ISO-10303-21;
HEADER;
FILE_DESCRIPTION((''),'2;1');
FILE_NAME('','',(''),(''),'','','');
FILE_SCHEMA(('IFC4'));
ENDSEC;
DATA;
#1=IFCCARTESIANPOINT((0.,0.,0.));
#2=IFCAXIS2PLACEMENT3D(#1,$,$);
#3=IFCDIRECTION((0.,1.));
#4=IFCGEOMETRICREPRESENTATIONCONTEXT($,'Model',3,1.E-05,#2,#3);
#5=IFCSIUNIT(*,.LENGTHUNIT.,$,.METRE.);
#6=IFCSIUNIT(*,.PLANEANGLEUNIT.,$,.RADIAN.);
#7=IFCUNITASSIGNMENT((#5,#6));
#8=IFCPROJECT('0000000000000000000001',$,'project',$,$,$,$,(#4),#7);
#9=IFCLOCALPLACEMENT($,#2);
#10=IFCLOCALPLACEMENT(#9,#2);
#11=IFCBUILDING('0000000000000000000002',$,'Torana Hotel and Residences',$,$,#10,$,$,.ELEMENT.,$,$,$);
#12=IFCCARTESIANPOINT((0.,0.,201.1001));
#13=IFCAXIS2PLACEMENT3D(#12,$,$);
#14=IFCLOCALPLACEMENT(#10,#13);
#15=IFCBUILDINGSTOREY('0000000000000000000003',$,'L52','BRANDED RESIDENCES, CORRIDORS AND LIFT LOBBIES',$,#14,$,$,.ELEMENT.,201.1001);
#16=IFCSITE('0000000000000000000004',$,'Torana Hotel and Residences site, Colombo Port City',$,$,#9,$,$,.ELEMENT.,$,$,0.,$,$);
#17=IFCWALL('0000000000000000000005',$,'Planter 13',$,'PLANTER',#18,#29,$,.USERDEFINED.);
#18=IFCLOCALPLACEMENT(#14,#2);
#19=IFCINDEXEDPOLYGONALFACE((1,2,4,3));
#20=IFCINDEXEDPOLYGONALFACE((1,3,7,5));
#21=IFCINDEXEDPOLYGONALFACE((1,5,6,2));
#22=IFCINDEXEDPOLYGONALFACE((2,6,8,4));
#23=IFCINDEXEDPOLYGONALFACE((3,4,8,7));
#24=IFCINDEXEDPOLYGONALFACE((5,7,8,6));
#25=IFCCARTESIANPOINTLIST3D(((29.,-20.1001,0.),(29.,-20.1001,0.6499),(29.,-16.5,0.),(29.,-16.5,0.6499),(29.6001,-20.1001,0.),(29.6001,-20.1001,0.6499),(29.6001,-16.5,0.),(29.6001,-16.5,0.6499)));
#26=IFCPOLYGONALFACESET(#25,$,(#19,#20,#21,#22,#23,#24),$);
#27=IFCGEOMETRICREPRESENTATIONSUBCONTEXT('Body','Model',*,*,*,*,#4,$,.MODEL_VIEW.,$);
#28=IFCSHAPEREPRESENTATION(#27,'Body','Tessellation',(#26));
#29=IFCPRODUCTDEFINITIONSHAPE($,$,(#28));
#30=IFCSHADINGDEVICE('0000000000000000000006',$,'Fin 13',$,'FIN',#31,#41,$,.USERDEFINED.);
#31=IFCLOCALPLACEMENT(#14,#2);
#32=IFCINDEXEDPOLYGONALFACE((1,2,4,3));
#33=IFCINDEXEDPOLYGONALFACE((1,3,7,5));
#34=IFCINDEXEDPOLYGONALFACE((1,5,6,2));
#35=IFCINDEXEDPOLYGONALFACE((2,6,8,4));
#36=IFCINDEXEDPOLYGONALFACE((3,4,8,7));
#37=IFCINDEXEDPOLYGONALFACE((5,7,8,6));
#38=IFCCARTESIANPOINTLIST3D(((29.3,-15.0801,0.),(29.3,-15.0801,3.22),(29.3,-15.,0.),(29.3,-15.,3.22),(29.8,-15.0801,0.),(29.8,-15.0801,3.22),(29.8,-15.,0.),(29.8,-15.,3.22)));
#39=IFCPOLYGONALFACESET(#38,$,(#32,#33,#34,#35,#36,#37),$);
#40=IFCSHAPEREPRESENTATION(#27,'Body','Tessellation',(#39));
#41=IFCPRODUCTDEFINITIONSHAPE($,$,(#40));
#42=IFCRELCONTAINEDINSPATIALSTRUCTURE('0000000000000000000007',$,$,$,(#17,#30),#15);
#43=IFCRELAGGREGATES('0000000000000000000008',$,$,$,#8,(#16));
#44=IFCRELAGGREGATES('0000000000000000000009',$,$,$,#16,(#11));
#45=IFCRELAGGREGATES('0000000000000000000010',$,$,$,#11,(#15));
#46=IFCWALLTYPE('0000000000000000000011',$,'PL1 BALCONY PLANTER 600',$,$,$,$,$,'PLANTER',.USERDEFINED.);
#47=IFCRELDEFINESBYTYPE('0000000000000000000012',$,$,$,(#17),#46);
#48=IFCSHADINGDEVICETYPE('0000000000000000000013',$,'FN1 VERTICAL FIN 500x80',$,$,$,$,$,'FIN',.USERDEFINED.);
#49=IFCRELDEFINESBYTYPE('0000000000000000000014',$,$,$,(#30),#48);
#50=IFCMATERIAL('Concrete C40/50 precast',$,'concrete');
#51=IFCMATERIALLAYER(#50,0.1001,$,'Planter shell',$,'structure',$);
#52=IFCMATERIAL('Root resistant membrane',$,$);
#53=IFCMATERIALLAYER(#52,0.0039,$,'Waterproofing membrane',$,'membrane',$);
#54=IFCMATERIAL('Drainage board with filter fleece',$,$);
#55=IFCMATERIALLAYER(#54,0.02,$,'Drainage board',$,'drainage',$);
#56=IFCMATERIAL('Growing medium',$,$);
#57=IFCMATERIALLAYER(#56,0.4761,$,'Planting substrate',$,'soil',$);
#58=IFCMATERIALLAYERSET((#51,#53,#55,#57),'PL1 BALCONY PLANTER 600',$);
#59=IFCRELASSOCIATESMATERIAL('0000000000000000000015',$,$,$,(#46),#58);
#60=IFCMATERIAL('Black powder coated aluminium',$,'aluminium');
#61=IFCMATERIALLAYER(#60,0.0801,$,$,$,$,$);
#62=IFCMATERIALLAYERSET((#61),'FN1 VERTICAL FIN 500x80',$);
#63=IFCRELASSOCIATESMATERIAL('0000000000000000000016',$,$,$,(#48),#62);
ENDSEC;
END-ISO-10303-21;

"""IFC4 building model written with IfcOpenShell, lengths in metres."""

from ifc_helpers import new_model, si_unit, direction, frame, frame_2d, origin, origin_2d, place, context, subcontext, project, spatial, rectangle, extrude, material, layer, layer_set, type_object, element, save


model = new_model("IFC4")

# Units and contexts
model_context = context("Model", 3, precision=1e-05, world=origin(), true_north=direction((0.0, 1.0)))
body_context = subcontext(model_context, "Body", "Model", "MODEL_VIEW")
ifc_project = project(units=[si_unit("LENGTHUNIT", "METRE"), si_unit("PLANEANGLEUNIT", "RADIAN")], contexts=[model_context])

# Site, building, storey
site_placement = place(None, origin())
site = spatial("IfcSite", under=ifc_project, at=site_placement, Name="Torana Hotel and Residences site, Colombo Port City", CompositionType="ELEMENT", RefElevation=0.0)
building_placement = place(site_placement, origin())
building = spatial("IfcBuilding", under=site, at=building_placement, Name="Torana Hotel and Residences", CompositionType="ELEMENT")
storey_placement = place(building_placement, frame((0.0, 0.0, 201.1001)))
storey = spatial("IfcBuildingStorey", under=building, at=storey_placement, Name="L52", Description="BRANDED RESIDENCES, CORRIDORS AND LIFT LOBBIES", CompositionType="ELEMENT", Elevation=201.1001)

# Wall
ifc_material_1 = material(Name="Concrete C40/50 precast", Category="concrete")
ifc_layer_1 = layer(ifc_material_1, 0.1001, Name="Planter shell", Category="structure")
ifc_material_2 = material(Name="Root resistant membrane")
ifc_layer_2 = layer(ifc_material_2, 0.0039, Name="Waterproofing membrane", Category="membrane")
ifc_material_3 = material(Name="Drainage board with filter fleece")
ifc_layer_3 = layer(ifc_material_3, 0.02, Name="Drainage board", Category="drainage")
ifc_material_4 = material(Name="Growing medium")
ifc_layer_4 = layer(ifc_material_4, 0.4761, Name="Planting substrate", Category="soil")
ifc_layer_set_1 = layer_set([ifc_layer_1, ifc_layer_2, ifc_layer_3, ifc_layer_4], Name="PL1 BALCONY PLANTER 600")
wall_type_1 = type_object("IfcWallType", Name="PL1 BALCONY PLANTER 600", ElementType="PLANTER", PredefinedType="USERDEFINED", material=ifc_layer_set_1)
wall_1_placement = place(storey_placement, frame((29.3, -16.5, 0.0), z_axis=(0.0, 0.0, 1.0), x_axis=(0.0, -1.0, 0.0)))
element("IfcWall", 1, at=wall_1_placement, inside=storey, type_object=wall_type_1, Name="Planter 13", ObjectType="PLANTER", PredefinedType="USERDEFINED", context=body_context, shape_type="SweptSolid", body=[
    extrude(rectangle(XDim=3.6001, YDim=0.6001, at=frame_2d((1.8, 0.0))), origin(), (0.0, 0.0, 1.0), 0.6499),
])

# Shading device
ifc_material_5 = material(Name="Black powder coated aluminium", Category="aluminium")
ifc_layer_5 = layer(ifc_material_5, 0.0801)
ifc_layer_set_2 = layer_set([ifc_layer_5], Name="FN1 VERTICAL FIN 500x80")
shading_device_type = type_object("IfcShadingDeviceType", Name="FN1 VERTICAL FIN 500x80", ElementType="FIN", PredefinedType="USERDEFINED", material=ifc_layer_set_2)
shading_device_placement = place(storey_placement, frame((29.55, -15.04, 0.0), z_axis=(0.0, 0.0, 1.0), x_axis=(0.0, -1.0, 0.0)))
element("IfcShadingDevice", 2, at=shading_device_placement, inside=storey, type_object=shading_device_type, Name="Fin 13", ObjectType="FIN", PredefinedType="USERDEFINED", context=body_context, shape_type="SweptSolid", body=[
    extrude(rectangle(XDim=0.0801, YDim=0.5, at=origin_2d()), origin(), (0.0, 0.0, 1.0), 3.22),
])

save(model, "model.ifc")
